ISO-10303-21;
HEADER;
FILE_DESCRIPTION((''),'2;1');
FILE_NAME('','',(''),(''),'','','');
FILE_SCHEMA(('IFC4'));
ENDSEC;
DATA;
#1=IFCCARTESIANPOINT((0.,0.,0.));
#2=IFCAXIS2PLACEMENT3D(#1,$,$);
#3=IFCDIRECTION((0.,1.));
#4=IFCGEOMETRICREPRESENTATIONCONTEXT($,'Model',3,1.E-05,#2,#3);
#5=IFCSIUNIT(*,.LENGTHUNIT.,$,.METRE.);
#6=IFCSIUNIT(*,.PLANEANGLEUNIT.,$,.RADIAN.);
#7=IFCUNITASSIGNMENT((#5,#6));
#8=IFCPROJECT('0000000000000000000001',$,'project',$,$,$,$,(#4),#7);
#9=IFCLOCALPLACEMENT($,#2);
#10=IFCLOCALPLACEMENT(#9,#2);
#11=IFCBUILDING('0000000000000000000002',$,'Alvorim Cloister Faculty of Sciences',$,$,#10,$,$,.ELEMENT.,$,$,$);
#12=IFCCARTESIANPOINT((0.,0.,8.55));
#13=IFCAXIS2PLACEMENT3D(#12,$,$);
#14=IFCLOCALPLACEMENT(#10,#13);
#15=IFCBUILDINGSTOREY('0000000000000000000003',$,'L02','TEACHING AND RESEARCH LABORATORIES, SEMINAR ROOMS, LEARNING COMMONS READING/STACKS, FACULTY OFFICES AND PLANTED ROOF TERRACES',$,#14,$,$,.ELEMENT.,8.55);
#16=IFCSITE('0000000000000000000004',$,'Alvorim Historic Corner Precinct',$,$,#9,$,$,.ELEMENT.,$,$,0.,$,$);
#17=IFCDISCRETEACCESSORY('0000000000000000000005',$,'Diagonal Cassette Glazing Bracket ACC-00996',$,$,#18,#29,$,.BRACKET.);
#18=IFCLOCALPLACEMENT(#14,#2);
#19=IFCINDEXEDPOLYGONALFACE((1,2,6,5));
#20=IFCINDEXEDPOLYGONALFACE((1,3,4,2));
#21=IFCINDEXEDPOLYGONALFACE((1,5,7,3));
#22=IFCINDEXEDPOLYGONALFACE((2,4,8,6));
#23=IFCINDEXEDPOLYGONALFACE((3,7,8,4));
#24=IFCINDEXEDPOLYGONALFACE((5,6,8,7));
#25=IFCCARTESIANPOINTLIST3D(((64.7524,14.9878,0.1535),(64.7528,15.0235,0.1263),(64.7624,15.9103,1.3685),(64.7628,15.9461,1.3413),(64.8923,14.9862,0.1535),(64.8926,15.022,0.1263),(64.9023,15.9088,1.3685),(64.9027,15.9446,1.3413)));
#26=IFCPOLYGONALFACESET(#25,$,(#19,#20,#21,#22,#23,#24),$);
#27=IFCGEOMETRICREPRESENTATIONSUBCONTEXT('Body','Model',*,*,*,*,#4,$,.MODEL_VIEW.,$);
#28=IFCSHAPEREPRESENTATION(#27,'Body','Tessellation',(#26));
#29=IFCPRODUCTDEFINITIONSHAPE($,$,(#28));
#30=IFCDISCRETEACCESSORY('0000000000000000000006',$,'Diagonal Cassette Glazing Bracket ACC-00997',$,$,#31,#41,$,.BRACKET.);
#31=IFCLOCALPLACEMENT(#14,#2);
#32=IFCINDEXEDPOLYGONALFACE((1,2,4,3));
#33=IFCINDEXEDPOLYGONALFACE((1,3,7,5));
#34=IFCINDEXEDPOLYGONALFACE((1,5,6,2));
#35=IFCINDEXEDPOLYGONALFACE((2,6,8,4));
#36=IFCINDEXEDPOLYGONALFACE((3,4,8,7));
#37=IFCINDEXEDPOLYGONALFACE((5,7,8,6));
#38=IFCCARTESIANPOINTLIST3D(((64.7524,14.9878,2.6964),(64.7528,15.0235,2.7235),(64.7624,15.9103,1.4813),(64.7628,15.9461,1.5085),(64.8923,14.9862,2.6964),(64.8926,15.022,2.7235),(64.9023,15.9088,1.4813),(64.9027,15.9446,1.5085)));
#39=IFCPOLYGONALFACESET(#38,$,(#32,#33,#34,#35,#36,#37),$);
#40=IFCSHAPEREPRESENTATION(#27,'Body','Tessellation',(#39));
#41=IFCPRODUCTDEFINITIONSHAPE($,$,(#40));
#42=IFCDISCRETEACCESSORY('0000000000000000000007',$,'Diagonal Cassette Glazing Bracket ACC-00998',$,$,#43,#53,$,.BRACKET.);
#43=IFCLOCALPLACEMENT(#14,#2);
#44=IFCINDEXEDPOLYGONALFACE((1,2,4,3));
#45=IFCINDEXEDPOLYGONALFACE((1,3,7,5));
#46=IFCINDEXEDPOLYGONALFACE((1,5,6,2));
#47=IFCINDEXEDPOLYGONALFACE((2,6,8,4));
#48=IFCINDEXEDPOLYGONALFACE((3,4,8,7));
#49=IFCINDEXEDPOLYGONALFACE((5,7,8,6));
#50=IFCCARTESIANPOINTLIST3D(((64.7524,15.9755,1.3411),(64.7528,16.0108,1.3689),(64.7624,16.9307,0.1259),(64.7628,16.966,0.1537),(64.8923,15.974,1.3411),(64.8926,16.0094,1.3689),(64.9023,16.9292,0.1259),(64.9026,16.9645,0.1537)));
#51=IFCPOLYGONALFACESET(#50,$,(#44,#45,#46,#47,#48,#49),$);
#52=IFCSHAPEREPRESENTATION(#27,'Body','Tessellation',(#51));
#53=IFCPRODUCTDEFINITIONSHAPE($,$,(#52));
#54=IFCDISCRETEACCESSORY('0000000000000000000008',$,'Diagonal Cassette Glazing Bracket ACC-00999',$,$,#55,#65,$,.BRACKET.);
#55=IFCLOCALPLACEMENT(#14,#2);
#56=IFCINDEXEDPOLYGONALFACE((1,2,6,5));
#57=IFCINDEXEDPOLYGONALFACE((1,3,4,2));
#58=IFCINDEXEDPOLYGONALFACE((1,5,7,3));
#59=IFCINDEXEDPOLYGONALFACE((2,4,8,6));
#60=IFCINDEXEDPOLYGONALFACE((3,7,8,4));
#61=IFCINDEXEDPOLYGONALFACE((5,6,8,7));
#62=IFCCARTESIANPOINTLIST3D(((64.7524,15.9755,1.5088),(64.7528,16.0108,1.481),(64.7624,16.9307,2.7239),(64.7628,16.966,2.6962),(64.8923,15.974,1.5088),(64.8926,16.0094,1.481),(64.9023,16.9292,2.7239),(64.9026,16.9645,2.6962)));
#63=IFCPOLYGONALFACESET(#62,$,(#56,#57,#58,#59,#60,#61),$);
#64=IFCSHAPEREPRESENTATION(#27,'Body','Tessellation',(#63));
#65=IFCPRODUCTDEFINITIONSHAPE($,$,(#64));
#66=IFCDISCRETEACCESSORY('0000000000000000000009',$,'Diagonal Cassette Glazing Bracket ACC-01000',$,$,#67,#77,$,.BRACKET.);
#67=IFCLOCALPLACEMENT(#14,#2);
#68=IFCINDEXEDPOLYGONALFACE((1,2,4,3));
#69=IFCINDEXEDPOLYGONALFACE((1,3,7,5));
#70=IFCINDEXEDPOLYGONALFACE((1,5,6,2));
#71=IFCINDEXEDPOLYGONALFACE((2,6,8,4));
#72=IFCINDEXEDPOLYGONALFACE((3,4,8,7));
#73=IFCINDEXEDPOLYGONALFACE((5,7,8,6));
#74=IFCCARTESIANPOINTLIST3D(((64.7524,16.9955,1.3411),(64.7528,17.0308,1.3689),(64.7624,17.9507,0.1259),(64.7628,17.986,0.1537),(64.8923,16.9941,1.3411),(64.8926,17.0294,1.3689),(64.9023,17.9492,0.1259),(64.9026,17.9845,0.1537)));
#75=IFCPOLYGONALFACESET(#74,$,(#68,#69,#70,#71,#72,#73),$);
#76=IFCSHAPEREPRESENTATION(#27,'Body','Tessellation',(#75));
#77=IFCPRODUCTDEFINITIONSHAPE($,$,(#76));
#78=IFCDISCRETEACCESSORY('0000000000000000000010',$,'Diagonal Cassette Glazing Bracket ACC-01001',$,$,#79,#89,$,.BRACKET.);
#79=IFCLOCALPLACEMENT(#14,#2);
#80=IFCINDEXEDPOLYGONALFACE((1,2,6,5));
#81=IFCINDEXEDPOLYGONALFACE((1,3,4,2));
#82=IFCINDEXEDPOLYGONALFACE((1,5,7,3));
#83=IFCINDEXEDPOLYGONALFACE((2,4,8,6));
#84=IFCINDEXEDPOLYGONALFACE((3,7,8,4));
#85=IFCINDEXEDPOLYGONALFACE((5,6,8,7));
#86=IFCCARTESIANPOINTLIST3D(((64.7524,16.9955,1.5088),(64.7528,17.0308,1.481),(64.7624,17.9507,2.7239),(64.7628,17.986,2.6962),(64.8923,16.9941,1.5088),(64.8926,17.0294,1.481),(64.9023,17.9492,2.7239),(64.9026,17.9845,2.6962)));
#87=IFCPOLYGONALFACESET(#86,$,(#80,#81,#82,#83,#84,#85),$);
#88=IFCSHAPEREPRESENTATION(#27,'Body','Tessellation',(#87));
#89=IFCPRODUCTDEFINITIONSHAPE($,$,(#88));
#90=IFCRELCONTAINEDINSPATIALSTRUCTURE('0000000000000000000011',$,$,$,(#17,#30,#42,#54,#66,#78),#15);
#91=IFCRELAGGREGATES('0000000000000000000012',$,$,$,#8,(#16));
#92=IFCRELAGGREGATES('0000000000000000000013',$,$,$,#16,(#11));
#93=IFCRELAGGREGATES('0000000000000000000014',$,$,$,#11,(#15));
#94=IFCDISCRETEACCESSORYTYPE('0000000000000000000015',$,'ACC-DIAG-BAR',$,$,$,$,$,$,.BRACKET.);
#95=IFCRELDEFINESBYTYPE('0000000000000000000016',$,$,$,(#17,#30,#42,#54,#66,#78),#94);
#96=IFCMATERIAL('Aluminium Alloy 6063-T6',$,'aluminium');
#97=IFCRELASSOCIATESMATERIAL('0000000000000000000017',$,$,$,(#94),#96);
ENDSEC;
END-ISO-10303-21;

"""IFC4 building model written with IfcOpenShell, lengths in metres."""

from ifc_helpers import new_model, si_unit, direction, frame, origin, origin_2d, place, context, subcontext, project, spatial, rectangle, extrude, material, type_object, element, save


model = new_model("IFC4")

# Units and contexts
model_context = context("Model", 3, precision=1e-05, world=origin(), true_north=direction((0.0, 1.0)))
body_context = subcontext(model_context, "Body", "Model", "MODEL_VIEW")
ifc_project = project(units=[si_unit("LENGTHUNIT", "METRE"), si_unit("PLANEANGLEUNIT", "RADIAN")], contexts=[model_context])

# Site, building, storey
site_placement = place(None, origin())
site = spatial("IfcSite", under=ifc_project, at=site_placement, Name="Alvorim Historic Corner Precinct", CompositionType="ELEMENT", RefElevation=0.0)
building_placement = place(site_placement, origin())
building = spatial("IfcBuilding", under=site, at=building_placement, Name="Alvorim Cloister Faculty of Sciences", CompositionType="ELEMENT")
storey_placement = place(building_placement, frame((0.0, 0.0, 8.55)))
storey = spatial("IfcBuildingStorey", under=building, at=storey_placement, Name="L02", Description="TEACHING AND RESEARCH LABORATORIES, SEMINAR ROOMS, LEARNING COMMONS READING/STACKS, FACULTY OFFICES AND PLANTED ROOF TERRACES", CompositionType="ELEMENT", Elevation=8.55)

# Shared definitions
ifc_material_1 = material(Name="Aluminium Alloy 6063-T6", Category="aluminium")

# Discrete accessories
discrete_accessory_type = type_object("IfcDiscreteAccessoryType", Name="ACC-DIAG-BAR", PredefinedType="BRACKET", material=ifc_material_1)
for number, where, z_axis, x_axis, name in (
    (1, (64.8225, 15.0049, 0.1399), (0.006561, 0.604713, 0.796416), (-0.999941, 0.010849, 0.0), "Diagonal Cassette Glazing Bracket ACC-00996"),
    (2, (64.8225, 15.0049, 2.71), (0.006561, 0.604713, -0.796416), (-0.999941, 0.010849, 0.0), "Diagonal Cassette Glazing Bracket ACC-00997"),
):
    element("IfcDiscreteAccessory", number, at=place(storey_placement, frame(where, z_axis=z_axis, x_axis=x_axis)), inside=storey, type_object=discrete_accessory_type, Name=name, PredefinedType="BRACKET", context=body_context, shape_type="SweptSolid", body=[
        extrude(rectangle(XDim=0.1399, YDim=0.0449, at=origin_2d()), origin(), (0.0, 0.0, 1.0), 1.5256),
    ])
for number, where, z_axis, x_axis, name in (
    (3, (64.8225, 15.9924, 1.355), (0.006477, 0.617955, -0.786187), (-0.999945, 0.01048, 0.0), "Diagonal Cassette Glazing Bracket ACC-00998"),
    (4, (64.8225, 15.9924, 1.4949), (0.006477, 0.617955, 0.786187), (-0.999945, 0.01048, 0.0), "Diagonal Cassette Glazing Bracket ACC-00999"),
    (5, (64.8225, 17.0125, 1.355), (0.006477, 0.617955, -0.786187), (-0.999945, 0.01048, 0.0), "Diagonal Cassette Glazing Bracket ACC-01000"),
    (6, (64.8225, 17.0125, 1.4949), (0.006477, 0.617955, 0.786187), (-0.999945, 0.01048, 0.0), "Diagonal Cassette Glazing Bracket ACC-01001"),
):
    element("IfcDiscreteAccessory", number, at=place(storey_placement, frame(where, z_axis=z_axis, x_axis=x_axis)), inside=storey, type_object=discrete_accessory_type, Name=name, PredefinedType="BRACKET", context=body_context, shape_type="SweptSolid", body=[
        extrude(rectangle(XDim=0.1399, YDim=0.0449, at=origin_2d()), origin(), (0.0, 0.0, 1.0), 1.5457),
    ])

save(model, "model.ifc")
